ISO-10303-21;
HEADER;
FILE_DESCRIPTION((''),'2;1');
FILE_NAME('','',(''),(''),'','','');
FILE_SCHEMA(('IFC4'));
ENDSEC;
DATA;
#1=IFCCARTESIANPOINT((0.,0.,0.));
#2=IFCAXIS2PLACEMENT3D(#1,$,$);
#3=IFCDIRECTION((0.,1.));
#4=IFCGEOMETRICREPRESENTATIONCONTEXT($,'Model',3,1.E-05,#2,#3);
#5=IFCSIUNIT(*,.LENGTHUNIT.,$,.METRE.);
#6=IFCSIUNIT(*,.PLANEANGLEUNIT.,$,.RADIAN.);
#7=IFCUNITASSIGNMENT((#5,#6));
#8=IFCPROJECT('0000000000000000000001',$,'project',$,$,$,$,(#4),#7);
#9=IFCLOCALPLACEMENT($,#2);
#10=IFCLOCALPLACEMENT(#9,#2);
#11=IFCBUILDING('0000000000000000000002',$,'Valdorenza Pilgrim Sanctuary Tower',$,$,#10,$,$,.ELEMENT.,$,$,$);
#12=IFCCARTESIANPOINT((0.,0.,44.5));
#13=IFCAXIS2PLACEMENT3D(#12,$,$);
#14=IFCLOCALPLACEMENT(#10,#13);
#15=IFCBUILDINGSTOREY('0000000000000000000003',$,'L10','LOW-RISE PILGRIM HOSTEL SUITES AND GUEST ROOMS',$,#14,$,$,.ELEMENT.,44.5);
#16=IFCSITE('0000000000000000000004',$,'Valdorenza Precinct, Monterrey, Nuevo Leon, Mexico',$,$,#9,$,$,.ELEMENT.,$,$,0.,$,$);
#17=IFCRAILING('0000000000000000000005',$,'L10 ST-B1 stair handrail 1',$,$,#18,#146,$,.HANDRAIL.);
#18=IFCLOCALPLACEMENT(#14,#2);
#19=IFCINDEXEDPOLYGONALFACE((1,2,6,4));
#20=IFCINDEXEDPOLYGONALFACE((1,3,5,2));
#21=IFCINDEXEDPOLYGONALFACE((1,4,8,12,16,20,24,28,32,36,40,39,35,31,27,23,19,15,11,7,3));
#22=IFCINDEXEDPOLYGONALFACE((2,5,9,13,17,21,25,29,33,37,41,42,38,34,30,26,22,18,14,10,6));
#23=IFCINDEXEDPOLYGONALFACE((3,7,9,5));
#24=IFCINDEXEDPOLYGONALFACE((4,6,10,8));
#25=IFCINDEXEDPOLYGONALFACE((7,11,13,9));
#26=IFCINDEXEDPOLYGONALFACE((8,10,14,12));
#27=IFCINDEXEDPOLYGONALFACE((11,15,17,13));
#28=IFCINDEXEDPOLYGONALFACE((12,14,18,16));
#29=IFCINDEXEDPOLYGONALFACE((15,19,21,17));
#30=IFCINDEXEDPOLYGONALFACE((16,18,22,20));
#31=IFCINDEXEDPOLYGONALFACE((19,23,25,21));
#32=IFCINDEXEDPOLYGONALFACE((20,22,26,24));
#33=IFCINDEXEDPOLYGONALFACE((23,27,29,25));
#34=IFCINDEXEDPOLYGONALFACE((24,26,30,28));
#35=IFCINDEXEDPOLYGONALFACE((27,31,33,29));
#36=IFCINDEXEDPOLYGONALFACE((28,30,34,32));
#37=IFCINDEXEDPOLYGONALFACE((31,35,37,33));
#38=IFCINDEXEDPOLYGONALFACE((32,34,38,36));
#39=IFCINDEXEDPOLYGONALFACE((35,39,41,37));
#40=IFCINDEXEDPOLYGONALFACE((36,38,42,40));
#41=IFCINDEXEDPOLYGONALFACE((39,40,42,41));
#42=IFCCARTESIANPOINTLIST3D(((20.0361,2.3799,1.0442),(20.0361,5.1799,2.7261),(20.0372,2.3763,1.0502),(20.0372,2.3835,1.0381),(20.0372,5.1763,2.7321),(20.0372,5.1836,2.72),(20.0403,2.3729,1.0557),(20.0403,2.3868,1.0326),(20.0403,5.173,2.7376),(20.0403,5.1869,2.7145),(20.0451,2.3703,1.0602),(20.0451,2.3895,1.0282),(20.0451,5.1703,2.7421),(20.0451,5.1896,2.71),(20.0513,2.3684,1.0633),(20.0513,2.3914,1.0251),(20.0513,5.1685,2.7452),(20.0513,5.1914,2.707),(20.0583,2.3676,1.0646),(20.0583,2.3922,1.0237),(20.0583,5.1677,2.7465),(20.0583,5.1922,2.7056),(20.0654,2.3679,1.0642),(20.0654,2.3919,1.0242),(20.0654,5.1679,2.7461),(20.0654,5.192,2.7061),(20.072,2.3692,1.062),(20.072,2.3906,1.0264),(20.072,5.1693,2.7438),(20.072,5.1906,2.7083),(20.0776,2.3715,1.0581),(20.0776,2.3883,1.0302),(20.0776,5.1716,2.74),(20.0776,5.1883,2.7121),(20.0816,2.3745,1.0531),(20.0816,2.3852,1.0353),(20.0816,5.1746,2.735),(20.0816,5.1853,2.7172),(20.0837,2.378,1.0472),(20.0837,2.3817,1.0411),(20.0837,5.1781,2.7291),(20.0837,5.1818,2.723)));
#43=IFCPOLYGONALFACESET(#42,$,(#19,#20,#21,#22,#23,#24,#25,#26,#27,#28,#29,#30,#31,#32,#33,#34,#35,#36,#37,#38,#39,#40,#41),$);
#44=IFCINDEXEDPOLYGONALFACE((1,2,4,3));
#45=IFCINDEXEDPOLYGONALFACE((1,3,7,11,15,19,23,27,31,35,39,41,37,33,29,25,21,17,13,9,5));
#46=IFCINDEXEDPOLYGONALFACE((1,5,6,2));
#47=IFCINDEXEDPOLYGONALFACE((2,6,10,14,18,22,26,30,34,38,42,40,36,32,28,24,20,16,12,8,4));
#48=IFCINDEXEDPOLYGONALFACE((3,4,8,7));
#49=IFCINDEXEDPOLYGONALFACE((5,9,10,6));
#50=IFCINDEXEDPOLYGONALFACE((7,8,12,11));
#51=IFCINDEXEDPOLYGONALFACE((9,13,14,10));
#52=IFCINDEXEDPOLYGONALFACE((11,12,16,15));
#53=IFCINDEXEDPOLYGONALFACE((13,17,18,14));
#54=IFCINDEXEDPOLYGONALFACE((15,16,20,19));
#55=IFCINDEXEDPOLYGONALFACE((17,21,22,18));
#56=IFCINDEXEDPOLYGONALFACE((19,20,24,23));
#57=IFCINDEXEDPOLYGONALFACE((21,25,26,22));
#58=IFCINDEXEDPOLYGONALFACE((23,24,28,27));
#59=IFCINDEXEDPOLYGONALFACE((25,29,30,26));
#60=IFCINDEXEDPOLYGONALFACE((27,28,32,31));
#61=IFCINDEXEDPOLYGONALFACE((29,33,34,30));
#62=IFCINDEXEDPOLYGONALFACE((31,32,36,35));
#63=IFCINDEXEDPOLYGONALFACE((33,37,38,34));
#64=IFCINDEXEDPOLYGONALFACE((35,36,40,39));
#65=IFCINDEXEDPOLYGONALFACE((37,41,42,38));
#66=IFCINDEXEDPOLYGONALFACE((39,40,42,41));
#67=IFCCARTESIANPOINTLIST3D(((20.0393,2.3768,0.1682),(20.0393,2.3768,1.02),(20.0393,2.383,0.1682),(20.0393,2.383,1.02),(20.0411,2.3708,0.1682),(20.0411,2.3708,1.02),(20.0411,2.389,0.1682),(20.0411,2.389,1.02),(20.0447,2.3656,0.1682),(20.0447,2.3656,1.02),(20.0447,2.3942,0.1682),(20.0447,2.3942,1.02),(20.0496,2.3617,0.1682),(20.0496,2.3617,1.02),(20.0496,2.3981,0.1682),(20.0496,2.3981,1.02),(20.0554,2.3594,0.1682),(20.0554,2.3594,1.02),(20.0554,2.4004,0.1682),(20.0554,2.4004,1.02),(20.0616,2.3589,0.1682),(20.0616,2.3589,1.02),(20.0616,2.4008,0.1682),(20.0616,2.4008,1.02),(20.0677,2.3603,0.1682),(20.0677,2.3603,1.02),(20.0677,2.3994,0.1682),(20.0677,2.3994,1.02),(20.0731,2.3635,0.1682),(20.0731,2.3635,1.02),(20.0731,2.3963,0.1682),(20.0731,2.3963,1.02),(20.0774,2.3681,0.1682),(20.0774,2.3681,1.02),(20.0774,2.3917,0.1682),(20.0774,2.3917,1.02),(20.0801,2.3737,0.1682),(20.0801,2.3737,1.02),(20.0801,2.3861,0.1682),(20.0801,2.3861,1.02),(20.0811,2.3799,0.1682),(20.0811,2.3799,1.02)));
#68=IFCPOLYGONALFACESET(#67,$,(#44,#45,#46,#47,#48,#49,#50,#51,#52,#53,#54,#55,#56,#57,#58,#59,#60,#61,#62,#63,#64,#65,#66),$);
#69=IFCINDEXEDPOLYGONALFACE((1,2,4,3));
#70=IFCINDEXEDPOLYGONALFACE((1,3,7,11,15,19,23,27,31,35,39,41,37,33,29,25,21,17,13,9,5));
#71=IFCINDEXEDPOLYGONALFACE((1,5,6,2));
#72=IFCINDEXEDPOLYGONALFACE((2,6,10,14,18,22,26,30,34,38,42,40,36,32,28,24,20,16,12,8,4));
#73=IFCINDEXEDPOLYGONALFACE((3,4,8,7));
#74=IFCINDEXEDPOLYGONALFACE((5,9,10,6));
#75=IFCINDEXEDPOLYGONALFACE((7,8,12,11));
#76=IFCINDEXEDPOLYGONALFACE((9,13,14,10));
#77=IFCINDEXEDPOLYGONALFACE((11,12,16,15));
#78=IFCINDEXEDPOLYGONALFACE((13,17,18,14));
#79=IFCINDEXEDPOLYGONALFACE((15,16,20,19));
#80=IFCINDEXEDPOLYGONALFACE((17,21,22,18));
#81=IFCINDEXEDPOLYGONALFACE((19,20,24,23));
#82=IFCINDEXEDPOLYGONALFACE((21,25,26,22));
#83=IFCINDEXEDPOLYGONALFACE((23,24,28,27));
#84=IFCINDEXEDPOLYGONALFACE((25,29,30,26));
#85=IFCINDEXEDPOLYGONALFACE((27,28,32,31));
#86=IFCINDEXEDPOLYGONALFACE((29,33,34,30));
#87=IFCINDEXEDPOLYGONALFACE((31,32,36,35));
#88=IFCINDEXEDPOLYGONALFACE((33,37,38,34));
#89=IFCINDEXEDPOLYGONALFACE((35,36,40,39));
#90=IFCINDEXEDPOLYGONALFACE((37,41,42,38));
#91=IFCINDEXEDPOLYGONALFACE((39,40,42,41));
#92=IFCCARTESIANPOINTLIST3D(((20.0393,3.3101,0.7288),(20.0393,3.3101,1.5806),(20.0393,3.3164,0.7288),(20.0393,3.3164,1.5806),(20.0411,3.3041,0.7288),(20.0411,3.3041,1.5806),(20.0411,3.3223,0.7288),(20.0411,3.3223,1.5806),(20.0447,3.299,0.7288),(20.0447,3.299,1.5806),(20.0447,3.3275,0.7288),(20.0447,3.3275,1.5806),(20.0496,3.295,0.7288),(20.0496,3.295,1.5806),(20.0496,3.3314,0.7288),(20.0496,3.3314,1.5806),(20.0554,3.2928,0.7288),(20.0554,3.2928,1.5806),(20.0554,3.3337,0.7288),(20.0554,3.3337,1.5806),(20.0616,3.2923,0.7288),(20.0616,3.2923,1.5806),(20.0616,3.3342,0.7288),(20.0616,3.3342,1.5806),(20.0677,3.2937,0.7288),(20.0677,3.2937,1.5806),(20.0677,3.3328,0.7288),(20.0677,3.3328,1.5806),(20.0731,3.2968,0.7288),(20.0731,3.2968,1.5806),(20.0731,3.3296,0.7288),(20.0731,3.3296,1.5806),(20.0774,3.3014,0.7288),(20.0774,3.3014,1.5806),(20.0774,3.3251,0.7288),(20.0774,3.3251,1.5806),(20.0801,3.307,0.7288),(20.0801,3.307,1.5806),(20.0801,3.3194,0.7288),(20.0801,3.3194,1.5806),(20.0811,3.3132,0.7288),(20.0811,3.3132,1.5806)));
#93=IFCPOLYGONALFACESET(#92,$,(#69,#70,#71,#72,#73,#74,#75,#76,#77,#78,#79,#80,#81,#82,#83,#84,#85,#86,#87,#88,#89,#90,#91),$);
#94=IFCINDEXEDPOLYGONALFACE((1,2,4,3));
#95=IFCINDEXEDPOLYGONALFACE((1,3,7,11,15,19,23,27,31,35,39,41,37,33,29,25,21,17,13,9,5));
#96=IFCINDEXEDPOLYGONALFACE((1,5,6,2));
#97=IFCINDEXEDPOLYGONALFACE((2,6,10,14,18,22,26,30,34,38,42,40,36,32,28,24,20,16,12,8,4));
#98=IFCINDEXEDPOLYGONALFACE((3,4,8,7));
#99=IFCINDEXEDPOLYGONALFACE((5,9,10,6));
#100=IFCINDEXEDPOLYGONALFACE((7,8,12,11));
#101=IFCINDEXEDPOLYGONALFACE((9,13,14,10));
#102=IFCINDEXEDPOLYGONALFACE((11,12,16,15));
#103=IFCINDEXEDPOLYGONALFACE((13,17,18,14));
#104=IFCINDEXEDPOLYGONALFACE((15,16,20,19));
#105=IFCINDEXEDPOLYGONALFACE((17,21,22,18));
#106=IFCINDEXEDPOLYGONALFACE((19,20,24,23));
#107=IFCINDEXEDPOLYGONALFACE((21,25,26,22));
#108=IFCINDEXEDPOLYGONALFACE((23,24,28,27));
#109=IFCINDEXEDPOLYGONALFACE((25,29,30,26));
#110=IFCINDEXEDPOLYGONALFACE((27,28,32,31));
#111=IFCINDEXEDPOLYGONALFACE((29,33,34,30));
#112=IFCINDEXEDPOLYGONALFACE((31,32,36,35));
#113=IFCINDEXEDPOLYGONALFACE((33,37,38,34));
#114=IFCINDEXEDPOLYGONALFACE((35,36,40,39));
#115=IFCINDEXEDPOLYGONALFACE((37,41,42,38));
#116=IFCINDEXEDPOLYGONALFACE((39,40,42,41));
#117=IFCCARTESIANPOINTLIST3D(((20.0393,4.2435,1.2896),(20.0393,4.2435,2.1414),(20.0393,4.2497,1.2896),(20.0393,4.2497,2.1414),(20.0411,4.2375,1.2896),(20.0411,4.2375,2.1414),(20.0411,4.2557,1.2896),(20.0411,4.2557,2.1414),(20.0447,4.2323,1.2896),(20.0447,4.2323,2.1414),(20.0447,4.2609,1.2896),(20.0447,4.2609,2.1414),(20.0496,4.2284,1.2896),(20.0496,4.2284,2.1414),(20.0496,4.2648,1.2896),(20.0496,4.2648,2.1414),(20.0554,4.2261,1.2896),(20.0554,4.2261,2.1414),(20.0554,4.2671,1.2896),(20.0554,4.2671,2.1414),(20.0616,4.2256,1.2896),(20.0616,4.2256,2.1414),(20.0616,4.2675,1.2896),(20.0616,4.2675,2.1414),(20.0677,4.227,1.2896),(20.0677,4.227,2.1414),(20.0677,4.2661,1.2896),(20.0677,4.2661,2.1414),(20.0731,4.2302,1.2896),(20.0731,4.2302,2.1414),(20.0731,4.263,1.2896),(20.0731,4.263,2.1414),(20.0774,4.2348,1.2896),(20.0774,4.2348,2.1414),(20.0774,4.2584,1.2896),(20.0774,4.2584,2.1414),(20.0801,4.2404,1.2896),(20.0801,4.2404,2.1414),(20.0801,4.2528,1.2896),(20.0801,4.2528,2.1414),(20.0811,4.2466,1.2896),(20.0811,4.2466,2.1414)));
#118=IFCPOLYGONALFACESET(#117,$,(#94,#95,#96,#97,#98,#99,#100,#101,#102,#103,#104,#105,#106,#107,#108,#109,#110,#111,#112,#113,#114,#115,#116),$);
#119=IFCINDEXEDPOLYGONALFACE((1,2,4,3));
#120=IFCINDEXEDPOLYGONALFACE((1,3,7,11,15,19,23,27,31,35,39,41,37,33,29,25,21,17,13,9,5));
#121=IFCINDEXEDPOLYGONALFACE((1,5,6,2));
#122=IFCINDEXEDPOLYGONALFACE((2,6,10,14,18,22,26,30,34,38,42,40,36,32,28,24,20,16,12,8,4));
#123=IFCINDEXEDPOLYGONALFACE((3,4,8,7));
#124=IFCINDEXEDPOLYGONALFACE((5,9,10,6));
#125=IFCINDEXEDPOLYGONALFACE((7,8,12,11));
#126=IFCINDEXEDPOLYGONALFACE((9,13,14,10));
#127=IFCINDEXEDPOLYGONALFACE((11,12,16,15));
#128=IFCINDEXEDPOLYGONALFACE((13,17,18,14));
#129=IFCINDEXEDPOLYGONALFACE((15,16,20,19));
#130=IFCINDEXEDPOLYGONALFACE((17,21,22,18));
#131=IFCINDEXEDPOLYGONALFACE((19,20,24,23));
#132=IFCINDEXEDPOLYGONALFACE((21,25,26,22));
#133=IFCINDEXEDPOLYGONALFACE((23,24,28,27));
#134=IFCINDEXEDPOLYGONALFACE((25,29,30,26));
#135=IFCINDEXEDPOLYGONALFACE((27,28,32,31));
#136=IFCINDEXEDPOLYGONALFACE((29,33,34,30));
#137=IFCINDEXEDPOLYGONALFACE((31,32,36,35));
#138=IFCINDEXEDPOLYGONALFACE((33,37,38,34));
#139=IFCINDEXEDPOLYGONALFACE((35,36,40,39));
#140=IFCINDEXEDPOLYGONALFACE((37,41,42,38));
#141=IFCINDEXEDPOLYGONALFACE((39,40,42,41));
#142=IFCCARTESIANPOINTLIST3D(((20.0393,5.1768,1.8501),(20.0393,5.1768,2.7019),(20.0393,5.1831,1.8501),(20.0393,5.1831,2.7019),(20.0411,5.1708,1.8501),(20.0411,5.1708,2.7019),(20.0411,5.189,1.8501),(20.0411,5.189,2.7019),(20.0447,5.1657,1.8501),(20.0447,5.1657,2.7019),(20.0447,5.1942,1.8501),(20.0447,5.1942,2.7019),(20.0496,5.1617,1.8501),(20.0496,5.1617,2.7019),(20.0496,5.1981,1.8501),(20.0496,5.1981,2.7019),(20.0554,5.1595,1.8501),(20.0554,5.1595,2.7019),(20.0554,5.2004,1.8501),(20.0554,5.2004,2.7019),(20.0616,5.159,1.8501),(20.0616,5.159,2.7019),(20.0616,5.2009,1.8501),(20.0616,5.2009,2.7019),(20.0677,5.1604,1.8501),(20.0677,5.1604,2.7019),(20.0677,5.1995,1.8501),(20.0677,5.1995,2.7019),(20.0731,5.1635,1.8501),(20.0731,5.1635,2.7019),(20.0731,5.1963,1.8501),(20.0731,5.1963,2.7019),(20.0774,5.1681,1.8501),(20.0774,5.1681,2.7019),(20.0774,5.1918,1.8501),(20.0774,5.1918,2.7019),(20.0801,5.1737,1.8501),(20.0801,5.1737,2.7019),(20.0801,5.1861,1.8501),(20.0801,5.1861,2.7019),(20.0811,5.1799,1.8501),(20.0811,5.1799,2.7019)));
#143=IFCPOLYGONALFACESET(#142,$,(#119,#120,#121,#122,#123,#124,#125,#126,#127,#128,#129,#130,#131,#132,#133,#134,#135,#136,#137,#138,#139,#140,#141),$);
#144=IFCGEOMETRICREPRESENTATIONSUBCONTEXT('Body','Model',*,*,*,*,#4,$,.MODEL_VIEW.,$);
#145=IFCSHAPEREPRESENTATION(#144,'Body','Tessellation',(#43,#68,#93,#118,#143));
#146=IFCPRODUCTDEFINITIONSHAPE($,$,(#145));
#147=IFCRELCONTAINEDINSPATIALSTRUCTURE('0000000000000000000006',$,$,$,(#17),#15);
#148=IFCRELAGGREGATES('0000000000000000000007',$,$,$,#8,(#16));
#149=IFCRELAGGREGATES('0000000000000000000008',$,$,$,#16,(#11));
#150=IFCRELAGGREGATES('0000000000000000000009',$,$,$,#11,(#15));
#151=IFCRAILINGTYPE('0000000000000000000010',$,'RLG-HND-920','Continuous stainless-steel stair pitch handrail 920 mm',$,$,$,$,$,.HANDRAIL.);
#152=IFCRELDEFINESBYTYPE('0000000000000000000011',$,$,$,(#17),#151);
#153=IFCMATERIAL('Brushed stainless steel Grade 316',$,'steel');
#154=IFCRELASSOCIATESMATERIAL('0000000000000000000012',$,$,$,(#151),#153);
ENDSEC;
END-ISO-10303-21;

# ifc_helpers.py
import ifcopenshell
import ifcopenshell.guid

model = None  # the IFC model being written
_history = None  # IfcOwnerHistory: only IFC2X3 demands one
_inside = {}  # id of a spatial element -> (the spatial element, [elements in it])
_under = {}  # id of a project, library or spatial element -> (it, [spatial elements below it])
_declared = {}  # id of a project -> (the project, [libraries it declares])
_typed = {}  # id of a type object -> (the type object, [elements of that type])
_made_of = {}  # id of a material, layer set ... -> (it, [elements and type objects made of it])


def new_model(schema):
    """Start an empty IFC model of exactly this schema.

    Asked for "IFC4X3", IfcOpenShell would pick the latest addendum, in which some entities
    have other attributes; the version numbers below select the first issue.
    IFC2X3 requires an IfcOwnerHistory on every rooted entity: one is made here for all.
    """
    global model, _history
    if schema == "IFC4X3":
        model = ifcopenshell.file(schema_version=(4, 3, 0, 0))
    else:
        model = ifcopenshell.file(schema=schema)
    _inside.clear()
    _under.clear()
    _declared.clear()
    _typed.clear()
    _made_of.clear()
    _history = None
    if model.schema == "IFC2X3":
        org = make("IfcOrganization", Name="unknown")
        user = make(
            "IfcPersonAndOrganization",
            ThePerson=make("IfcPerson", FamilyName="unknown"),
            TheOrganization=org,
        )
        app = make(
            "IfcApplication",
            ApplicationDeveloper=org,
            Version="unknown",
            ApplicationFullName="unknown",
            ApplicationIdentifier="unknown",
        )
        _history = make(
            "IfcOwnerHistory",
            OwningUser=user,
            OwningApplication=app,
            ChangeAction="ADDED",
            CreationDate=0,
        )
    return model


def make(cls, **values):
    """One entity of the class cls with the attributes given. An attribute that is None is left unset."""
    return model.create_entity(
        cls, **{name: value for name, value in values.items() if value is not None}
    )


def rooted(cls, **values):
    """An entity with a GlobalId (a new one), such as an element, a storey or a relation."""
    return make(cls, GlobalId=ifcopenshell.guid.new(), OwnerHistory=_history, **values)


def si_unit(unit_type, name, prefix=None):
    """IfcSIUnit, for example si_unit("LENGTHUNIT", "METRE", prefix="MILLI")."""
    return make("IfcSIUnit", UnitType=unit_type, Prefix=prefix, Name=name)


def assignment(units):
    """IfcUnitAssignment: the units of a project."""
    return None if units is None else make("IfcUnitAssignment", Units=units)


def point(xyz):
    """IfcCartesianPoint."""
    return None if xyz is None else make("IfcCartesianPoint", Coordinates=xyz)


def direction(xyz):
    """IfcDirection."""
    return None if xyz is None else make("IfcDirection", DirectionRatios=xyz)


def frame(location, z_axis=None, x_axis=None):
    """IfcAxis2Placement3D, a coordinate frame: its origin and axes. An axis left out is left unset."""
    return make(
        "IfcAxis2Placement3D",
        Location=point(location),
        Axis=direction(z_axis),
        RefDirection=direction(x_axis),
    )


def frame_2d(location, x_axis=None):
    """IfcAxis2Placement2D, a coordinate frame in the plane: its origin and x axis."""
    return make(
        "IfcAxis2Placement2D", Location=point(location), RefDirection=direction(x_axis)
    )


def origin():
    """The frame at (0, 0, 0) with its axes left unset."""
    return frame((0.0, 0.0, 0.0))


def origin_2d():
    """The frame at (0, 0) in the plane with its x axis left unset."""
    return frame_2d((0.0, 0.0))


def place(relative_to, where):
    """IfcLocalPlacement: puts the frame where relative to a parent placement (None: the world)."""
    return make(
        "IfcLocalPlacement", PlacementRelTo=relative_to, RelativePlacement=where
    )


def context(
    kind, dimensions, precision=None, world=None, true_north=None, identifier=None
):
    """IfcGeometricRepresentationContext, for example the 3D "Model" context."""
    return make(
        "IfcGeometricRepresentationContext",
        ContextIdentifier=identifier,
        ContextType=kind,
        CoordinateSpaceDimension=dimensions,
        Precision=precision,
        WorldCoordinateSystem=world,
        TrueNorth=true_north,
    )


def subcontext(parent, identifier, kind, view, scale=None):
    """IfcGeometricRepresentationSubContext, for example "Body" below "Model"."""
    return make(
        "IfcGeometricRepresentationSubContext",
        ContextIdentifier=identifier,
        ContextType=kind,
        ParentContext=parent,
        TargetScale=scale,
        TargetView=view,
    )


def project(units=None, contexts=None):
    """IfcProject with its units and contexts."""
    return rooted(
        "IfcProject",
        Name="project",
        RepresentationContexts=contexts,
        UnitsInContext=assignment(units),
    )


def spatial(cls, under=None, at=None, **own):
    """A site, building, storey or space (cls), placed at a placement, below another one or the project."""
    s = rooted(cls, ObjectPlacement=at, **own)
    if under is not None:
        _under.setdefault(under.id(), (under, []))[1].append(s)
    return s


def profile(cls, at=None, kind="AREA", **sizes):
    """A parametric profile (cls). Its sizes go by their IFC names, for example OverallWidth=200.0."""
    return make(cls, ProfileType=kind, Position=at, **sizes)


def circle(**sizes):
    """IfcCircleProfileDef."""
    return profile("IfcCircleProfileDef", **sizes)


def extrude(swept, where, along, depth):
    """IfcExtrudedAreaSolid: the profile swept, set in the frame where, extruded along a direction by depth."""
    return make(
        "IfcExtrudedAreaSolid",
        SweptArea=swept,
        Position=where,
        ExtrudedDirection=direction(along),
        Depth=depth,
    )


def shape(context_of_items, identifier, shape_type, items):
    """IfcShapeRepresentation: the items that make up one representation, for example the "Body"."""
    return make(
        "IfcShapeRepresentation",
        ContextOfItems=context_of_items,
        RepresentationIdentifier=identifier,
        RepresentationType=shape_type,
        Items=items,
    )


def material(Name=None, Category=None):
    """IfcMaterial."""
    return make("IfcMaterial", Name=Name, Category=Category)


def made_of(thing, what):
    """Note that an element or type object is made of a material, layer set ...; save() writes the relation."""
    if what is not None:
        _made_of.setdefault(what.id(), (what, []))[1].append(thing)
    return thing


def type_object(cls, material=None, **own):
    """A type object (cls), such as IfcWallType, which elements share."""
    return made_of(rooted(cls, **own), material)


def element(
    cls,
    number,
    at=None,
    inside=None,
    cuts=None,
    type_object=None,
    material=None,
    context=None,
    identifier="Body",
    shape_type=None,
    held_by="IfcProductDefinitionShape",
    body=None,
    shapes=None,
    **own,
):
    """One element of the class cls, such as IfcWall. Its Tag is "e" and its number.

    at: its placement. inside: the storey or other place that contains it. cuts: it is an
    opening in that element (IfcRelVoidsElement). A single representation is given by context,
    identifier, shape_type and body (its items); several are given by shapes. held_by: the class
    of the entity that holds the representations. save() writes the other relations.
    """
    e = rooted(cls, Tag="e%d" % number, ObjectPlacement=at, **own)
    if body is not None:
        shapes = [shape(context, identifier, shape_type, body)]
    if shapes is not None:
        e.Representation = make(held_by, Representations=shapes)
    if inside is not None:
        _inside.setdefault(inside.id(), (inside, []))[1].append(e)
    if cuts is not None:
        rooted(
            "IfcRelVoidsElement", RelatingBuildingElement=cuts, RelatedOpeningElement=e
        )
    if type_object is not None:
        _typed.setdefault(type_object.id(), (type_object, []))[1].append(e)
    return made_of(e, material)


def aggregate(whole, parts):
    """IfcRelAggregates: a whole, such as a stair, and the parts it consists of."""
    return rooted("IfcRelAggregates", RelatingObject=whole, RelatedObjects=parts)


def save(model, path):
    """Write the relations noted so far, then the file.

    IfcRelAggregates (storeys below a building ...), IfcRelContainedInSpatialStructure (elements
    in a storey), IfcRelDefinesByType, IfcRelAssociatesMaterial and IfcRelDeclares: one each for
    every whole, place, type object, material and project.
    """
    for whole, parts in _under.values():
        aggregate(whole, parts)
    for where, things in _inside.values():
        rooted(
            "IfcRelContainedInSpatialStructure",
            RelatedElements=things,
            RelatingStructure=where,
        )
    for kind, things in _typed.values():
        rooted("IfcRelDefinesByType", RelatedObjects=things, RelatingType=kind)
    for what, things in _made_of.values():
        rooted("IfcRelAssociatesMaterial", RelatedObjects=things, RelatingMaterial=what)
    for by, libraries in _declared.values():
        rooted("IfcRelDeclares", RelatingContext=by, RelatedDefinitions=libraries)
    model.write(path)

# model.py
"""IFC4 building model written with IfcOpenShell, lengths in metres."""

from ifc_helpers import new_model, si_unit, direction, frame, origin, origin_2d, place, context, subcontext, project, spatial, circle, extrude, material, type_object, element, save


model = new_model("IFC4")

# Units and contexts
model_context = context("Model", 3, precision=1e-05, world=origin(), true_north=direction((0.0, 1.0)))
body_context = subcontext(model_context, "Body", "Model", "MODEL_VIEW")
ifc_project = project(units=[si_unit("LENGTHUNIT", "METRE"), si_unit("PLANEANGLEUNIT", "RADIAN")], contexts=[model_context])

# Site, building, storey
site_placement = place(None, origin())
site = spatial("IfcSite", under=ifc_project, at=site_placement, Name="Valdorenza Precinct, Monterrey, Nuevo Leon, Mexico", CompositionType="ELEMENT", RefElevation=0.0)
building_placement = place(site_placement, origin())
building = spatial("IfcBuilding", under=site, at=building_placement, Name="Valdorenza Pilgrim Sanctuary Tower", CompositionType="ELEMENT")
storey_placement = place(building_placement, frame((0.0, 0.0, 44.5)))
storey = spatial("IfcBuildingStorey", under=building, at=storey_placement, Name="L10", Description="LOW-RISE PILGRIM HOSTEL SUITES AND GUEST ROOMS", CompositionType="ELEMENT", Elevation=44.5)

# Railing
ifc_material_1 = material(Name="Brushed stainless steel Grade 316", Category="steel")
railing_type_1 = type_object("IfcRailingType", Name="RLG-HND-920", Description="Continuous stainless-steel stair pitch handrail 920 mm", PredefinedType="HANDRAIL", material=ifc_material_1)
railing_1_placement = place(storey_placement, frame((20.0601, 2.3799, 0.1682)))
element("IfcRailing", 1, at=railing_1_placement, inside=storey, type_object=railing_type_1, Name="L10 ST-B1 stair handrail 1", PredefinedType="HANDRAIL", context=body_context, shape_type="SweptSolid", body=[
    extrude(circle(Radius=0.0239, at=origin_2d()), frame((0.0, 0.0, 0.876), z_axis=(0.0, 0.857242, 0.514913), x_axis=(-1.0, 0.0, 0.0)), (0.0, 0.0, 1.0), 3.2664),
    extrude(circle(Radius=0.021, at=origin_2d()), origin(), (0.0, 0.0, 1.0), 0.8518),
    extrude(circle(Radius=0.021, at=origin_2d()), frame((0.0, 0.9333, 0.5605)), (0.0, 0.0, 1.0), 0.8518),
    extrude(circle(Radius=0.021, at=origin_2d()), frame((0.0, 1.8667, 1.1213)), (0.0, 0.0, 1.0), 0.8518),
    extrude(circle(Radius=0.021, at=origin_2d()), frame((0.0, 2.8, 1.6819)), (0.0, 0.0, 1.0), 0.8518),
])

save(model, "model.ifc")
